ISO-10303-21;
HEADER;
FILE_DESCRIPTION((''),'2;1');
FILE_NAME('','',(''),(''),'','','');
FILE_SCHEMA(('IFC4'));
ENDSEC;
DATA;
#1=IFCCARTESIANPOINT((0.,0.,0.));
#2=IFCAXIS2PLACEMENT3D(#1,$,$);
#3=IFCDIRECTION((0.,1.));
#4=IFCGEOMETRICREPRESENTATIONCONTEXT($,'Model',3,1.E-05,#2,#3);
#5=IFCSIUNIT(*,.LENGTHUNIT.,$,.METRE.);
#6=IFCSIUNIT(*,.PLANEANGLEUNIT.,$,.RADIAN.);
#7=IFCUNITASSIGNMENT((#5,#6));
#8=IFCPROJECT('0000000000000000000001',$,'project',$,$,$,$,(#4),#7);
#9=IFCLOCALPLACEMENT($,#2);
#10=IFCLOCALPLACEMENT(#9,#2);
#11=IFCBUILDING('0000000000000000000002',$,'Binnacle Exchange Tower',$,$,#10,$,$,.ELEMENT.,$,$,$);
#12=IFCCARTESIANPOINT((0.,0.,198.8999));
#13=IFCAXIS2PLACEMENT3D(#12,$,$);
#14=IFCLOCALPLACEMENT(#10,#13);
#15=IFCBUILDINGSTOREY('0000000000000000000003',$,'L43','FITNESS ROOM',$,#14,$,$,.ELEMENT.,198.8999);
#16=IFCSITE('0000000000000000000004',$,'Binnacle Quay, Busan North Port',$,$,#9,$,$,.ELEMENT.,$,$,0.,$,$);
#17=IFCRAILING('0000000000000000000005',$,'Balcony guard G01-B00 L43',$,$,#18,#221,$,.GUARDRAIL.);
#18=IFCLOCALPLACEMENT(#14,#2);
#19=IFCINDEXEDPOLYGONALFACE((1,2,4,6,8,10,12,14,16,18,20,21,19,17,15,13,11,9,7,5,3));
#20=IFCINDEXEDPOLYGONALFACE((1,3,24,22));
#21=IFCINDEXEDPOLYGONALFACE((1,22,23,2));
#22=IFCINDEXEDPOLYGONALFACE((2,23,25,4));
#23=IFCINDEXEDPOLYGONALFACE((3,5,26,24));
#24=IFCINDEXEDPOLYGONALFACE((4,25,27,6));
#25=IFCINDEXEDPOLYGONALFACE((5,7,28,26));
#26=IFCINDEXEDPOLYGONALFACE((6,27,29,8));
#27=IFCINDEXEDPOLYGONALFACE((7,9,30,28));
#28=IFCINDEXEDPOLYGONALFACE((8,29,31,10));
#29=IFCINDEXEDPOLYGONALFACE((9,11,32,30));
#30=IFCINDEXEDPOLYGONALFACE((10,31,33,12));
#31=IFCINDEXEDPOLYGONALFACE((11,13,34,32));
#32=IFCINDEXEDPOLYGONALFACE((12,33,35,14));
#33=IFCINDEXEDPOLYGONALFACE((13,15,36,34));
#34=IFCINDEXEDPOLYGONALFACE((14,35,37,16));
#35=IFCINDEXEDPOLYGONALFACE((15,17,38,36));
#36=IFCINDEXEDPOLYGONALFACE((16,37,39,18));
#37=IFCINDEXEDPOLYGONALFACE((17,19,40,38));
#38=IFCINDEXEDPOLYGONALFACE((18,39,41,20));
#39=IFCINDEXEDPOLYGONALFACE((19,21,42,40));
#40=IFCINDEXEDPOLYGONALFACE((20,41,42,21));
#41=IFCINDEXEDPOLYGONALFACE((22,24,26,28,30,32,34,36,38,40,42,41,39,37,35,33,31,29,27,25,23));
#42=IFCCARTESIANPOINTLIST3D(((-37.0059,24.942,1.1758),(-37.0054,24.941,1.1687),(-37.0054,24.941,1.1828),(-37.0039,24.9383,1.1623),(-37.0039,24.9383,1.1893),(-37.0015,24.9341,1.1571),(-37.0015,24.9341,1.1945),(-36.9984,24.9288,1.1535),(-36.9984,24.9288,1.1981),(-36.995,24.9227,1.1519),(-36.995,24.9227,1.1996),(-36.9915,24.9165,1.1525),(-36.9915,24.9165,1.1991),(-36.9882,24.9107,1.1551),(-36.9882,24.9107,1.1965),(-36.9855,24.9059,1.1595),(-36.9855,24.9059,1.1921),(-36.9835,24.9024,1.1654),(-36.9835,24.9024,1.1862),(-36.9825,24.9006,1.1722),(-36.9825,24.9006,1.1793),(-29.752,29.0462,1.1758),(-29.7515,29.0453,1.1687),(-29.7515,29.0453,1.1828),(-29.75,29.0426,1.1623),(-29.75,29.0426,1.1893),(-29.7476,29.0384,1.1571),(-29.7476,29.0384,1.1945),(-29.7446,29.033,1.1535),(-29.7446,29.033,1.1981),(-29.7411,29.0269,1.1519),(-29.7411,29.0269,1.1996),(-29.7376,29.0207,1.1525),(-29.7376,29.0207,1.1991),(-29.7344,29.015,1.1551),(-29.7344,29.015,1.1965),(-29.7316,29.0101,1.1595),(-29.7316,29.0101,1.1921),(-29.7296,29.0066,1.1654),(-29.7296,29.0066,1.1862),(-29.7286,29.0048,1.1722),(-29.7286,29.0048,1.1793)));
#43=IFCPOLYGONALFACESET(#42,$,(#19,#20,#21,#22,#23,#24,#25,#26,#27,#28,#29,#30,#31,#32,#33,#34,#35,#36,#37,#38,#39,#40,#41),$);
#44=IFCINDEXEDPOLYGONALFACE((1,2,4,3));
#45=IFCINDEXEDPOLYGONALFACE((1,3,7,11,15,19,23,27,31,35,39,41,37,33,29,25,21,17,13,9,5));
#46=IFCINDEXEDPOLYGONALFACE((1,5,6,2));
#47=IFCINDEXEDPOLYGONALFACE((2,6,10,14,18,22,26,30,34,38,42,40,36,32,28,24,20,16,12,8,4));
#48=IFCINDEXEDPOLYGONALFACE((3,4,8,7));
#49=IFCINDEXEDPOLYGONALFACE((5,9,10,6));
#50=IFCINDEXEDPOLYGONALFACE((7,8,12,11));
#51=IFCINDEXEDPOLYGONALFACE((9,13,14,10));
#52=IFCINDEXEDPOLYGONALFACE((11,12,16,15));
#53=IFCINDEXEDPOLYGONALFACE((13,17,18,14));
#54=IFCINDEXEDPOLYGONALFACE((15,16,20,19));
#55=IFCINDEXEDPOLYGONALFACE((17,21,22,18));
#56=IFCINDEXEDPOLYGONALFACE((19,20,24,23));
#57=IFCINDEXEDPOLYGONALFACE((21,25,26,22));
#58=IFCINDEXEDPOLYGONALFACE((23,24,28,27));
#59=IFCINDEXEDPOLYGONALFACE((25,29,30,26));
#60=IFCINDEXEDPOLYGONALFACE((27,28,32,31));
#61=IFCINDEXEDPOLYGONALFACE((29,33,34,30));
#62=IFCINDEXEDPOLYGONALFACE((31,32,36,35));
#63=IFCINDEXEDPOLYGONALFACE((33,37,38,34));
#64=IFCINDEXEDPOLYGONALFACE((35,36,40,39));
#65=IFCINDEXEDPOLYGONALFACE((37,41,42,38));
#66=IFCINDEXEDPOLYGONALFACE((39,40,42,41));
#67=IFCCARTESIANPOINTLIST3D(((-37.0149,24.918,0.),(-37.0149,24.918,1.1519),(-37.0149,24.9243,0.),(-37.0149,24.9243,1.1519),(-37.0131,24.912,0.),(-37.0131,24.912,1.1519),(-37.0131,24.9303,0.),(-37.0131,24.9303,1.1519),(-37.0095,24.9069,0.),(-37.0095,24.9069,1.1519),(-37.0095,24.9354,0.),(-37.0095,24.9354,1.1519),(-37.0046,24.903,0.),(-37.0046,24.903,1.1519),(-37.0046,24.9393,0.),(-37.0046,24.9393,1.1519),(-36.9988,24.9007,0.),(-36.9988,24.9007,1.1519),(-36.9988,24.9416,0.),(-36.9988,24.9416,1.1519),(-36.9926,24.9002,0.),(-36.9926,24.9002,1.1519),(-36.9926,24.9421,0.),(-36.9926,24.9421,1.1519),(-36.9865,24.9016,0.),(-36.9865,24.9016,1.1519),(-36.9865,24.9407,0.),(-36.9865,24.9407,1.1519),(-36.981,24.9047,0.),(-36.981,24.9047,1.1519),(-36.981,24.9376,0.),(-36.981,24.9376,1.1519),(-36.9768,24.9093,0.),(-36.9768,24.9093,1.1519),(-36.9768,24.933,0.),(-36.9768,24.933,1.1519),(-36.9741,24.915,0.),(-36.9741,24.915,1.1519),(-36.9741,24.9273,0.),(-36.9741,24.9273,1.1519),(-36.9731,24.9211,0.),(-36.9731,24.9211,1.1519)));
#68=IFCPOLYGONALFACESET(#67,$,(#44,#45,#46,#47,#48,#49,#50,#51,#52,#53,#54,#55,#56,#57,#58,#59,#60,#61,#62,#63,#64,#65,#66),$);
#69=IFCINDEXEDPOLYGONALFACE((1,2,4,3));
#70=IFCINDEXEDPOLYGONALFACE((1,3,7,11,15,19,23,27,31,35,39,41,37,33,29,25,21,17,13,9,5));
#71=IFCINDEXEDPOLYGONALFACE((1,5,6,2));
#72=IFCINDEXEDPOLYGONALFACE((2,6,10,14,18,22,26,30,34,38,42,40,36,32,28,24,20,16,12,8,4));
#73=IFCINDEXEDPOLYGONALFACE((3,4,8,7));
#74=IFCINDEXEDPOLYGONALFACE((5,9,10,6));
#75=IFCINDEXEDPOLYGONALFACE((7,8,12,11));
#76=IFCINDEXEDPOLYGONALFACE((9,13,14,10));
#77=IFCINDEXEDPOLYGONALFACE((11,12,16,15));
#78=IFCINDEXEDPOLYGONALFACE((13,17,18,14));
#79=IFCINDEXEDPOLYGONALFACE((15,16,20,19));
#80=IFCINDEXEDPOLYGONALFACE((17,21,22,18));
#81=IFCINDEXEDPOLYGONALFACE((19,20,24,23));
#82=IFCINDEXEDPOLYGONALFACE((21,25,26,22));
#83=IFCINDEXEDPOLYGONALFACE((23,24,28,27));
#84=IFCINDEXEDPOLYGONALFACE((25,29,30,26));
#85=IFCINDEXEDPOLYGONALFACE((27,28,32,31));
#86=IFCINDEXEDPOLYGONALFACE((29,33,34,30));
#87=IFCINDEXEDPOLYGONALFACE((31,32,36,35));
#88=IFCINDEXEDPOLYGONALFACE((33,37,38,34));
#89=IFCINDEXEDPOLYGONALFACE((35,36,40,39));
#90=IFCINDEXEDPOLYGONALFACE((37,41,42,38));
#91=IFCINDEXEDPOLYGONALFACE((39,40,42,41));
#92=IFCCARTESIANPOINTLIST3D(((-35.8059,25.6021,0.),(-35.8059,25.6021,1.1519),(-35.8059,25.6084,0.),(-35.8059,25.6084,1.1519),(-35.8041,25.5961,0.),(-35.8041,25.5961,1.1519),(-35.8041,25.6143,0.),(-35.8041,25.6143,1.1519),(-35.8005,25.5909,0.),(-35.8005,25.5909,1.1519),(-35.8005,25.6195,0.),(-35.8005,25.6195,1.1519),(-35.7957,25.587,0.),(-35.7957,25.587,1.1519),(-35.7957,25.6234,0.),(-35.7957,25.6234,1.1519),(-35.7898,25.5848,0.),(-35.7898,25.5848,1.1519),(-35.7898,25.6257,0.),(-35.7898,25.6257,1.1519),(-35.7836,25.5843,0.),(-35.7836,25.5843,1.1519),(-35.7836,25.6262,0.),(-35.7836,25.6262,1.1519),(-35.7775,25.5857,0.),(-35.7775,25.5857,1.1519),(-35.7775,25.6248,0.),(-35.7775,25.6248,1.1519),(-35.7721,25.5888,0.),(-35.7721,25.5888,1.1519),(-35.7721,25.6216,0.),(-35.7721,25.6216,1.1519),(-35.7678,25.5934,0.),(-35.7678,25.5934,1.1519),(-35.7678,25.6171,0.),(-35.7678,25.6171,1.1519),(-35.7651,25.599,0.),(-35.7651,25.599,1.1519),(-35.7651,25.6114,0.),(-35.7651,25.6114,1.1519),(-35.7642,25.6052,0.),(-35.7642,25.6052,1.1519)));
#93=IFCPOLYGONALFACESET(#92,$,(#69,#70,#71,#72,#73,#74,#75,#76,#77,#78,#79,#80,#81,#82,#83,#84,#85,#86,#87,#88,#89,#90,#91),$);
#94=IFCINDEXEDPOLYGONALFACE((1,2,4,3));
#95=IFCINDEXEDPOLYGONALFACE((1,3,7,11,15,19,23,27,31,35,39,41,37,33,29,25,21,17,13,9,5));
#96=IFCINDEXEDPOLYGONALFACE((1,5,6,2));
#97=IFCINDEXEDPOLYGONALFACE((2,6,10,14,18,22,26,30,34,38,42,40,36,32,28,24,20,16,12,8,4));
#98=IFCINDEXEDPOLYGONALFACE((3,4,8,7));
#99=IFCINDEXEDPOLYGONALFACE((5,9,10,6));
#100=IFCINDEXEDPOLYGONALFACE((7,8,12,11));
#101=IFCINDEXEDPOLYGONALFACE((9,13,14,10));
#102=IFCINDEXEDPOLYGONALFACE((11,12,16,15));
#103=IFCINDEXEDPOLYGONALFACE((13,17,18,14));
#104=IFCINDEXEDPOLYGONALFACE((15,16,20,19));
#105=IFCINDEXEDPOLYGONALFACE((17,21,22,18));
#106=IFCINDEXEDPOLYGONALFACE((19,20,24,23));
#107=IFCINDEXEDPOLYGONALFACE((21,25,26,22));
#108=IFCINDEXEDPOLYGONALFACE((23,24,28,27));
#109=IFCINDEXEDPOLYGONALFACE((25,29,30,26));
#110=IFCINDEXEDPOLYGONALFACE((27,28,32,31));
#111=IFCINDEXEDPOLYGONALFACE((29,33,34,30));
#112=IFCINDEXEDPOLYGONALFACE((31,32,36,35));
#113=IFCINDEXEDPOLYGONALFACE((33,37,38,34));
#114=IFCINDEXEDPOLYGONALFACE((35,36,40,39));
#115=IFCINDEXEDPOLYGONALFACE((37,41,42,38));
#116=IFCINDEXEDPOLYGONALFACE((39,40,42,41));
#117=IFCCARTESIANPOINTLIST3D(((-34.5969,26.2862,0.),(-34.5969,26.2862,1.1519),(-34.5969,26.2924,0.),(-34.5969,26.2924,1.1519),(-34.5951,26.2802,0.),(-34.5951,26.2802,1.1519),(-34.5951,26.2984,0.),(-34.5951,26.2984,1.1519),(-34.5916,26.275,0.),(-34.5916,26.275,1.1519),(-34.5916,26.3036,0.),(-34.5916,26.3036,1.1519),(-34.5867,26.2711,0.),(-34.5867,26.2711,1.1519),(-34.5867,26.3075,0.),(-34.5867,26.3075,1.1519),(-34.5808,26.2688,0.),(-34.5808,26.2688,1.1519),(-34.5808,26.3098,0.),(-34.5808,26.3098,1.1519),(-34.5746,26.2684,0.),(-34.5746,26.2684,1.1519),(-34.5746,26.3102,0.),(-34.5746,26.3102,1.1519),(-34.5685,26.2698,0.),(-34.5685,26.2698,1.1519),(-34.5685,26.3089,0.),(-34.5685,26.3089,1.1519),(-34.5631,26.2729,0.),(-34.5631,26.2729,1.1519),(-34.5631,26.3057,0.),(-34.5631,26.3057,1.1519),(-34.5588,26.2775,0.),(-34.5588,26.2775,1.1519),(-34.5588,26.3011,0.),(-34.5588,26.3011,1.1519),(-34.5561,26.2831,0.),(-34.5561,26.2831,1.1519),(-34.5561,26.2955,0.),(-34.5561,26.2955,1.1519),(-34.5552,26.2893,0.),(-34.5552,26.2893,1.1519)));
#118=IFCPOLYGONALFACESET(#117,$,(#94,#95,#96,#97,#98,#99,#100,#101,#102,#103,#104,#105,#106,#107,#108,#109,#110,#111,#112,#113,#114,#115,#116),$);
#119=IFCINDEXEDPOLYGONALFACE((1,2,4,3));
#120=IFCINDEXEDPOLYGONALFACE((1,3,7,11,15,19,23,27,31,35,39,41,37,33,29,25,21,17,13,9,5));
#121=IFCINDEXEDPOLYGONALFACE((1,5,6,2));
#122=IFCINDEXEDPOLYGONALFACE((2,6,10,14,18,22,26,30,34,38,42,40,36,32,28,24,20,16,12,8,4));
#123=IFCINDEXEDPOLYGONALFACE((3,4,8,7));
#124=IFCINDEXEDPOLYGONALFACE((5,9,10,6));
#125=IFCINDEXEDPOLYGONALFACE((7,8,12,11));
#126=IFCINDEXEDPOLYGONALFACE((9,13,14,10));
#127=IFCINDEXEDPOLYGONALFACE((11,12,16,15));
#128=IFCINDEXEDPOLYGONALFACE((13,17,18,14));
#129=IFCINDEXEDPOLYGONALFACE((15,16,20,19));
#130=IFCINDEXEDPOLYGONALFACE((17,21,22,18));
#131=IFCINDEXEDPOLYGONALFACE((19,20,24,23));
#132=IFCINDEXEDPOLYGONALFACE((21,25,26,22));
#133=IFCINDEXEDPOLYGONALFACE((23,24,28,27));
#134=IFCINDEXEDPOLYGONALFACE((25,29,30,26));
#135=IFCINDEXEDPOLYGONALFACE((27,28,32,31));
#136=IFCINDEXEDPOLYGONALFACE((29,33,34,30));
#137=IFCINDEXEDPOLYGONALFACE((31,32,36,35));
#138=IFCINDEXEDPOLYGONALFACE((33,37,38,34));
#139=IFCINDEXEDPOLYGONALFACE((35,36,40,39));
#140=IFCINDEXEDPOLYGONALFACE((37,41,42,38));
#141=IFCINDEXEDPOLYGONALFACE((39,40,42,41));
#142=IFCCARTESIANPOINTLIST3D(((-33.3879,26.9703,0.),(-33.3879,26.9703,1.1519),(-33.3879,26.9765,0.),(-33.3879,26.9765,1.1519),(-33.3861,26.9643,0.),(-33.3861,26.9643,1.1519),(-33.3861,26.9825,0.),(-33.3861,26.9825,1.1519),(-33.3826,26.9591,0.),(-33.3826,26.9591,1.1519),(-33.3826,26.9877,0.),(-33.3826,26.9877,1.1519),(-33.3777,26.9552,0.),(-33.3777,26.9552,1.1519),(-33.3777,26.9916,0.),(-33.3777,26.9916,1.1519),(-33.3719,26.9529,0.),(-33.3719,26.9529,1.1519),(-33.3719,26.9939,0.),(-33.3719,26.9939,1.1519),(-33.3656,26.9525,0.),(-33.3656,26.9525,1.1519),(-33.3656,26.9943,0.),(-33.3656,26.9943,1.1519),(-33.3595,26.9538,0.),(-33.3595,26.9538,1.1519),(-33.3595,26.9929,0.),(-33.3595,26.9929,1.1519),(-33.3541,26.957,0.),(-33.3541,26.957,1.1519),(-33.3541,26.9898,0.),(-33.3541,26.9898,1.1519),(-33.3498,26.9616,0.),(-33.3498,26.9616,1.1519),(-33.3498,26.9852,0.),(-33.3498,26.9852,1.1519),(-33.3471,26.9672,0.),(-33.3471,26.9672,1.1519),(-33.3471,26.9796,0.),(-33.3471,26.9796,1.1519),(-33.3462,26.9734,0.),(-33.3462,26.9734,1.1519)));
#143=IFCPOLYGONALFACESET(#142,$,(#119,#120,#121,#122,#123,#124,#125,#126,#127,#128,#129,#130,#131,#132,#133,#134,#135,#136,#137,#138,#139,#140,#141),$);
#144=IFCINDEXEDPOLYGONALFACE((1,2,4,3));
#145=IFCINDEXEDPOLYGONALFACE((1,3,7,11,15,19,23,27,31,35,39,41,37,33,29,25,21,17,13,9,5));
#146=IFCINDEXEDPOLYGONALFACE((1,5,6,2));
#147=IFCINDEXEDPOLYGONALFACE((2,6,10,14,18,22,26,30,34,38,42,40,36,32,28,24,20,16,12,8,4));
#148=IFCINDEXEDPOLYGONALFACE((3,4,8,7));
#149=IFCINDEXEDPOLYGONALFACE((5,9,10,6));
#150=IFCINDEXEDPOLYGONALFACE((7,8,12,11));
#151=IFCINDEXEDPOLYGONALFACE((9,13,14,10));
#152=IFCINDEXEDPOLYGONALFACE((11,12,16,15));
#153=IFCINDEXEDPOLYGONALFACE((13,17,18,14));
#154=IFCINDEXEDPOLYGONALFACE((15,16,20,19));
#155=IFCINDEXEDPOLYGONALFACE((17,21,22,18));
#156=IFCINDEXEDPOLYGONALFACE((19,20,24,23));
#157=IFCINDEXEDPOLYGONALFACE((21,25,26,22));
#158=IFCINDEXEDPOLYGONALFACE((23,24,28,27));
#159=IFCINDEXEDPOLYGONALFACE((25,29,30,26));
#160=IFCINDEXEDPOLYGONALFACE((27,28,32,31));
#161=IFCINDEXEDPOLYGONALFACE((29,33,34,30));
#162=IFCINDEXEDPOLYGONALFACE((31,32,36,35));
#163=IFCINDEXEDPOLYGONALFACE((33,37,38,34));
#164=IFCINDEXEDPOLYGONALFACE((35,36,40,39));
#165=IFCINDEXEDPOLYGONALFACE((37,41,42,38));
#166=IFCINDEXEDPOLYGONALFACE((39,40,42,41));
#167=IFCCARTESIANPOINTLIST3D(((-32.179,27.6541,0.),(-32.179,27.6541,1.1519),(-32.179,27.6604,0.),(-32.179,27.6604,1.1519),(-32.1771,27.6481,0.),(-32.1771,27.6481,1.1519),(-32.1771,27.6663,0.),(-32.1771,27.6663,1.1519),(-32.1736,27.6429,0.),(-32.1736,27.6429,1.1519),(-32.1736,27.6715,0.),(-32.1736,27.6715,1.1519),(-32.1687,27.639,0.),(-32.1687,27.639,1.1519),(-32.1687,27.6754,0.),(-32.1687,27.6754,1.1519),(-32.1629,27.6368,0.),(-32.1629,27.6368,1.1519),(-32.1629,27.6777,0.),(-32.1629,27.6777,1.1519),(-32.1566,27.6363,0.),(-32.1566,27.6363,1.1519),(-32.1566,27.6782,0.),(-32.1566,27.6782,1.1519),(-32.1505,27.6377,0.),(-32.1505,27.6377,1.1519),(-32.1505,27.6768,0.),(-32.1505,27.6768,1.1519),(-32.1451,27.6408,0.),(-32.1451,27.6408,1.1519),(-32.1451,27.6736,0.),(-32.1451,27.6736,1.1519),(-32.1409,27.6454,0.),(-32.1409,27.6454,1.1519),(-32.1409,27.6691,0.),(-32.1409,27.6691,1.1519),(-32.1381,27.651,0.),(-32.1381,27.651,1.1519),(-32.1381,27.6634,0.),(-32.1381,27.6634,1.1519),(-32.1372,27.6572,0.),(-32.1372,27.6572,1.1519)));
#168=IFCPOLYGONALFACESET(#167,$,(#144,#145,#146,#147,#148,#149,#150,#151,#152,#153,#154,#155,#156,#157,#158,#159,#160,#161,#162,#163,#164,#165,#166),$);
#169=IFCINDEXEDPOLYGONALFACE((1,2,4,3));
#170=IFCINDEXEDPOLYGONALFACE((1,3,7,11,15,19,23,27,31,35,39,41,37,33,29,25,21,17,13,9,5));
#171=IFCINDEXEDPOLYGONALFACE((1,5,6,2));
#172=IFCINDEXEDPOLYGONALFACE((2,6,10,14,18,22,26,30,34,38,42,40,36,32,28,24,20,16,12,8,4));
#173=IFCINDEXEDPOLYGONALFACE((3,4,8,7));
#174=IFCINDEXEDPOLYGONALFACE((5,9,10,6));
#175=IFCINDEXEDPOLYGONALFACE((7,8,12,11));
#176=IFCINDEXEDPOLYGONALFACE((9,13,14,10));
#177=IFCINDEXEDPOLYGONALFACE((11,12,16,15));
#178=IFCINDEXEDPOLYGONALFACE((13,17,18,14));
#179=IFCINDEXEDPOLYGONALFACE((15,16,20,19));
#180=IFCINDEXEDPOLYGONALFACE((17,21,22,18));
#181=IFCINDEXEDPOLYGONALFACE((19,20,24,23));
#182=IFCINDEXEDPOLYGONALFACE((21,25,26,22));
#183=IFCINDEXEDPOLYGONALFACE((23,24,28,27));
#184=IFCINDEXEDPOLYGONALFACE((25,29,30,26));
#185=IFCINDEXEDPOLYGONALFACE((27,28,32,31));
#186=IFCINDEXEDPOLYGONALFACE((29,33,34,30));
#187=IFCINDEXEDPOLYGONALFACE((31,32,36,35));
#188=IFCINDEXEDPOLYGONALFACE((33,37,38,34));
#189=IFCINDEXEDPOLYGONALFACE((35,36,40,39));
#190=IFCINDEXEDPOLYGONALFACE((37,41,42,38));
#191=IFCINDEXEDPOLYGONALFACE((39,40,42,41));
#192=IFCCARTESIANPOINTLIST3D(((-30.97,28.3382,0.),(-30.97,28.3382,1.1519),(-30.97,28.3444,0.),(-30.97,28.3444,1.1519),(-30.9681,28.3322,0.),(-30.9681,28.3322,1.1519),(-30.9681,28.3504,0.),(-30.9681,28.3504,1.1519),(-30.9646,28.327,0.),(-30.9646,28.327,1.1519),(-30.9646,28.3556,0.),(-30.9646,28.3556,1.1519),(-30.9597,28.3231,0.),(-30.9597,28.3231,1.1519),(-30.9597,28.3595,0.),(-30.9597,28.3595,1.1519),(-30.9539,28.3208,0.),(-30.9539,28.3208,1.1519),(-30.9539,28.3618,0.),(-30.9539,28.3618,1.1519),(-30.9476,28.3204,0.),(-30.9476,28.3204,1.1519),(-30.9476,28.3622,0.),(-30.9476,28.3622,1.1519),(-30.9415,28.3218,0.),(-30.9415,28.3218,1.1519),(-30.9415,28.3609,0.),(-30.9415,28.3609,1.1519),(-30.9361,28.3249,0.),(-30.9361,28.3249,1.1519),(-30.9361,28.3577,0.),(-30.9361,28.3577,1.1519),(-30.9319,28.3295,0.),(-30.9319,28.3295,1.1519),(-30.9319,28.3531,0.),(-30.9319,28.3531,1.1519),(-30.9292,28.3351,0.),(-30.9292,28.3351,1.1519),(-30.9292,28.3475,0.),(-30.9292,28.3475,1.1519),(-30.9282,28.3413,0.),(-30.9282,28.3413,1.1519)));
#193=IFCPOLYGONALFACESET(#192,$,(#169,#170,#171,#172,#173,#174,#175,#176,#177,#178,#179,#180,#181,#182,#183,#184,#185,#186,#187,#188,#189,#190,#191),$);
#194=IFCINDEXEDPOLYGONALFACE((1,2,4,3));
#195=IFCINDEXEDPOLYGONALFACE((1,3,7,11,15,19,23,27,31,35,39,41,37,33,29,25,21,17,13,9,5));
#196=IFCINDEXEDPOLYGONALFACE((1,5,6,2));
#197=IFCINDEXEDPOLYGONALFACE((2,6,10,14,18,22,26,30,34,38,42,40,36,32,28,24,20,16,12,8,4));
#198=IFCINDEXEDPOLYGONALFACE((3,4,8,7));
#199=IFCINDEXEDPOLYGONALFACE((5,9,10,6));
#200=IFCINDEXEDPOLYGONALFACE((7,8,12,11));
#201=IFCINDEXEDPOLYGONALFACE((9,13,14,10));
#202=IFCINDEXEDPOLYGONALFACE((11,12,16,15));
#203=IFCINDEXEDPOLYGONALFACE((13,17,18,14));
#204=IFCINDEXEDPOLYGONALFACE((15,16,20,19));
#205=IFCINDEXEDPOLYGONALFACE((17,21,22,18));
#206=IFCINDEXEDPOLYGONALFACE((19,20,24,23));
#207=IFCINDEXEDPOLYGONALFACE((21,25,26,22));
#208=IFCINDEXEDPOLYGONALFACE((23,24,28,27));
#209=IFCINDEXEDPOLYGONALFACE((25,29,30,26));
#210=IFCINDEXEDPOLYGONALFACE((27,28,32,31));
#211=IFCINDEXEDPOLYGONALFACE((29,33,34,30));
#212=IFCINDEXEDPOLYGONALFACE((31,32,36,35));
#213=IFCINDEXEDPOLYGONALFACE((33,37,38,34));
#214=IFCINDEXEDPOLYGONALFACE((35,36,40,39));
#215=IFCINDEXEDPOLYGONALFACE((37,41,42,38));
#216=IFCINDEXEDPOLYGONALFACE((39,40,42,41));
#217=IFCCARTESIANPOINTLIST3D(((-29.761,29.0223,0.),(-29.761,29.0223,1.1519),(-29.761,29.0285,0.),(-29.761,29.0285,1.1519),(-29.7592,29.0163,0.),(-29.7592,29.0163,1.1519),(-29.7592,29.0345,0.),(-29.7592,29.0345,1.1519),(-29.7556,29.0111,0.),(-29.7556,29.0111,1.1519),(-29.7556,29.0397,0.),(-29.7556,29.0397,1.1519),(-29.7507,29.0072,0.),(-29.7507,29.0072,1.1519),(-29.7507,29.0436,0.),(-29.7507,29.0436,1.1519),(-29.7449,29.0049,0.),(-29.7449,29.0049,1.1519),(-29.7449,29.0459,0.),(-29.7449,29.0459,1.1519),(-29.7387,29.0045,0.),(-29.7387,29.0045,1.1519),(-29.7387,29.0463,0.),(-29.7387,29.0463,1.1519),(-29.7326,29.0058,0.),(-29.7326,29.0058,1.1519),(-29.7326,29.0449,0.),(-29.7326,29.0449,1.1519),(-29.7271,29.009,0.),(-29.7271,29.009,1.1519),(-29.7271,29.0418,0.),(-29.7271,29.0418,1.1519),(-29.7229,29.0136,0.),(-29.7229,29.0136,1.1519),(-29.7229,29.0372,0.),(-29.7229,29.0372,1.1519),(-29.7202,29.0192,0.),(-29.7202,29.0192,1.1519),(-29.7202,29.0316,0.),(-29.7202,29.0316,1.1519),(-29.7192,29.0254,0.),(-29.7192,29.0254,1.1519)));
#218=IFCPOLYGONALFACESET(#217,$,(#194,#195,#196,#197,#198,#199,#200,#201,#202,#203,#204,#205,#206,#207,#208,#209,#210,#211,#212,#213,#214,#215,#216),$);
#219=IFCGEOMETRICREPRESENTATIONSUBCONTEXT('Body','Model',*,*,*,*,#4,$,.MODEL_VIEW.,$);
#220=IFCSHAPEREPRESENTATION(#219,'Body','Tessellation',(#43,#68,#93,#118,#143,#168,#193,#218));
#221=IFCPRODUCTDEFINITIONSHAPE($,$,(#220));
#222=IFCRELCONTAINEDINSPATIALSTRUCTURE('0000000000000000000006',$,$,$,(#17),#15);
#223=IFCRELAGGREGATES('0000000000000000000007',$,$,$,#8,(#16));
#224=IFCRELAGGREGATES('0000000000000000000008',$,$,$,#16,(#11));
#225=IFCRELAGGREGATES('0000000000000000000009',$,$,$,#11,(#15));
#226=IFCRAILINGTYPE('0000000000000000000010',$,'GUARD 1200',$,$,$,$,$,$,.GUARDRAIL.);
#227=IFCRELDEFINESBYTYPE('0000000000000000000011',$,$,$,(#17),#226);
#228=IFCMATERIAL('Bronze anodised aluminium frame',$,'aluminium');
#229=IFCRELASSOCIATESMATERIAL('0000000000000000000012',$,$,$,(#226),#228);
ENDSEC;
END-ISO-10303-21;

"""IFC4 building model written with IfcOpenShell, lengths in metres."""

from ifc_helpers import new_model, si_unit, direction, frame, origin, origin_2d, place, context, subcontext, project, spatial, circle, extrude, material, type_object, element, save


model = new_model("IFC4")

# Units and contexts
model_context = context("Model", 3, precision=1e-05, world=origin(), true_north=direction((0.0, 1.0)))
body_context = subcontext(model_context, "Body", "Model", "MODEL_VIEW")
ifc_project = project(units=[si_unit("LENGTHUNIT", "METRE"), si_unit("PLANEANGLEUNIT", "RADIAN")], contexts=[model_context])

# Site, building, storey
site_placement = place(None, origin())
site = spatial("IfcSite", under=ifc_project, at=site_placement, Name="Binnacle Quay, Busan North Port", CompositionType="ELEMENT", RefElevation=0.0)
building_placement = place(site_placement, origin())
building = spatial("IfcBuilding", under=site, at=building_placement, Name="Binnacle Exchange Tower", CompositionType="ELEMENT")
storey_placement = place(building_placement, frame((0.0, 0.0, 198.8999)))
storey = spatial("IfcBuildingStorey", under=building, at=storey_placement, Name="L43", Description="FITNESS ROOM", CompositionType="ELEMENT", Elevation=198.8999)

# Railing
ifc_material_1 = material(Name="Bronze anodised aluminium frame", Category="aluminium")
railing_type_1 = type_object("IfcRailingType", Name="GUARD 1200", PredefinedType="GUARDRAIL", material=ifc_material_1)
railing_1_placement = place(storey_placement, frame((-36.9941, 24.9211, 0.0)))
element("IfcRailing", 1, at=railing_1_placement, inside=storey, type_object=railing_type_1, Name="Balcony guard G01-B00 L43", PredefinedType="GUARDRAIL", context=body_context, shape_type="SweptSolid", body=[
    extrude(circle(Radius=0.0239, at=origin_2d()), frame((0.0, 0.0, 1.1758), z_axis=(0.870346, 0.49244, 0.0), x_axis=(-0.49244, 0.870346, 0.0)), (0.0, 0.0, 1.0), 8.3345),
    extrude(circle(Radius=0.021, at=origin_2d()), origin(), (0.0, 0.0, 1.0), 1.1519),
    extrude(circle(Radius=0.021, at=origin_2d()), frame((1.209, 0.6841, 0.0)), (0.0, 0.0, 1.0), 1.1519),
    extrude(circle(Radius=0.021, at=origin_2d()), frame((2.418, 1.3682, 0.0)), (0.0, 0.0, 1.0), 1.1519),
    extrude(circle(Radius=0.021, at=origin_2d()), frame((3.627, 2.0522, 0.0)), (0.0, 0.0, 1.0), 1.1519),
    extrude(circle(Radius=0.021, at=origin_2d()), frame((4.8359, 2.7361, 0.0)), (0.0, 0.0, 1.0), 1.1519),
    extrude(circle(Radius=0.021, at=origin_2d()), frame((6.0449, 3.4202, 0.0)), (0.0, 0.0, 1.0), 1.1519),
    extrude(circle(Radius=0.021, at=origin_2d()), frame((7.2539, 4.1042, 0.0)), (0.0, 0.0, 1.0), 1.1519),
])

save(model, "model.ifc")
